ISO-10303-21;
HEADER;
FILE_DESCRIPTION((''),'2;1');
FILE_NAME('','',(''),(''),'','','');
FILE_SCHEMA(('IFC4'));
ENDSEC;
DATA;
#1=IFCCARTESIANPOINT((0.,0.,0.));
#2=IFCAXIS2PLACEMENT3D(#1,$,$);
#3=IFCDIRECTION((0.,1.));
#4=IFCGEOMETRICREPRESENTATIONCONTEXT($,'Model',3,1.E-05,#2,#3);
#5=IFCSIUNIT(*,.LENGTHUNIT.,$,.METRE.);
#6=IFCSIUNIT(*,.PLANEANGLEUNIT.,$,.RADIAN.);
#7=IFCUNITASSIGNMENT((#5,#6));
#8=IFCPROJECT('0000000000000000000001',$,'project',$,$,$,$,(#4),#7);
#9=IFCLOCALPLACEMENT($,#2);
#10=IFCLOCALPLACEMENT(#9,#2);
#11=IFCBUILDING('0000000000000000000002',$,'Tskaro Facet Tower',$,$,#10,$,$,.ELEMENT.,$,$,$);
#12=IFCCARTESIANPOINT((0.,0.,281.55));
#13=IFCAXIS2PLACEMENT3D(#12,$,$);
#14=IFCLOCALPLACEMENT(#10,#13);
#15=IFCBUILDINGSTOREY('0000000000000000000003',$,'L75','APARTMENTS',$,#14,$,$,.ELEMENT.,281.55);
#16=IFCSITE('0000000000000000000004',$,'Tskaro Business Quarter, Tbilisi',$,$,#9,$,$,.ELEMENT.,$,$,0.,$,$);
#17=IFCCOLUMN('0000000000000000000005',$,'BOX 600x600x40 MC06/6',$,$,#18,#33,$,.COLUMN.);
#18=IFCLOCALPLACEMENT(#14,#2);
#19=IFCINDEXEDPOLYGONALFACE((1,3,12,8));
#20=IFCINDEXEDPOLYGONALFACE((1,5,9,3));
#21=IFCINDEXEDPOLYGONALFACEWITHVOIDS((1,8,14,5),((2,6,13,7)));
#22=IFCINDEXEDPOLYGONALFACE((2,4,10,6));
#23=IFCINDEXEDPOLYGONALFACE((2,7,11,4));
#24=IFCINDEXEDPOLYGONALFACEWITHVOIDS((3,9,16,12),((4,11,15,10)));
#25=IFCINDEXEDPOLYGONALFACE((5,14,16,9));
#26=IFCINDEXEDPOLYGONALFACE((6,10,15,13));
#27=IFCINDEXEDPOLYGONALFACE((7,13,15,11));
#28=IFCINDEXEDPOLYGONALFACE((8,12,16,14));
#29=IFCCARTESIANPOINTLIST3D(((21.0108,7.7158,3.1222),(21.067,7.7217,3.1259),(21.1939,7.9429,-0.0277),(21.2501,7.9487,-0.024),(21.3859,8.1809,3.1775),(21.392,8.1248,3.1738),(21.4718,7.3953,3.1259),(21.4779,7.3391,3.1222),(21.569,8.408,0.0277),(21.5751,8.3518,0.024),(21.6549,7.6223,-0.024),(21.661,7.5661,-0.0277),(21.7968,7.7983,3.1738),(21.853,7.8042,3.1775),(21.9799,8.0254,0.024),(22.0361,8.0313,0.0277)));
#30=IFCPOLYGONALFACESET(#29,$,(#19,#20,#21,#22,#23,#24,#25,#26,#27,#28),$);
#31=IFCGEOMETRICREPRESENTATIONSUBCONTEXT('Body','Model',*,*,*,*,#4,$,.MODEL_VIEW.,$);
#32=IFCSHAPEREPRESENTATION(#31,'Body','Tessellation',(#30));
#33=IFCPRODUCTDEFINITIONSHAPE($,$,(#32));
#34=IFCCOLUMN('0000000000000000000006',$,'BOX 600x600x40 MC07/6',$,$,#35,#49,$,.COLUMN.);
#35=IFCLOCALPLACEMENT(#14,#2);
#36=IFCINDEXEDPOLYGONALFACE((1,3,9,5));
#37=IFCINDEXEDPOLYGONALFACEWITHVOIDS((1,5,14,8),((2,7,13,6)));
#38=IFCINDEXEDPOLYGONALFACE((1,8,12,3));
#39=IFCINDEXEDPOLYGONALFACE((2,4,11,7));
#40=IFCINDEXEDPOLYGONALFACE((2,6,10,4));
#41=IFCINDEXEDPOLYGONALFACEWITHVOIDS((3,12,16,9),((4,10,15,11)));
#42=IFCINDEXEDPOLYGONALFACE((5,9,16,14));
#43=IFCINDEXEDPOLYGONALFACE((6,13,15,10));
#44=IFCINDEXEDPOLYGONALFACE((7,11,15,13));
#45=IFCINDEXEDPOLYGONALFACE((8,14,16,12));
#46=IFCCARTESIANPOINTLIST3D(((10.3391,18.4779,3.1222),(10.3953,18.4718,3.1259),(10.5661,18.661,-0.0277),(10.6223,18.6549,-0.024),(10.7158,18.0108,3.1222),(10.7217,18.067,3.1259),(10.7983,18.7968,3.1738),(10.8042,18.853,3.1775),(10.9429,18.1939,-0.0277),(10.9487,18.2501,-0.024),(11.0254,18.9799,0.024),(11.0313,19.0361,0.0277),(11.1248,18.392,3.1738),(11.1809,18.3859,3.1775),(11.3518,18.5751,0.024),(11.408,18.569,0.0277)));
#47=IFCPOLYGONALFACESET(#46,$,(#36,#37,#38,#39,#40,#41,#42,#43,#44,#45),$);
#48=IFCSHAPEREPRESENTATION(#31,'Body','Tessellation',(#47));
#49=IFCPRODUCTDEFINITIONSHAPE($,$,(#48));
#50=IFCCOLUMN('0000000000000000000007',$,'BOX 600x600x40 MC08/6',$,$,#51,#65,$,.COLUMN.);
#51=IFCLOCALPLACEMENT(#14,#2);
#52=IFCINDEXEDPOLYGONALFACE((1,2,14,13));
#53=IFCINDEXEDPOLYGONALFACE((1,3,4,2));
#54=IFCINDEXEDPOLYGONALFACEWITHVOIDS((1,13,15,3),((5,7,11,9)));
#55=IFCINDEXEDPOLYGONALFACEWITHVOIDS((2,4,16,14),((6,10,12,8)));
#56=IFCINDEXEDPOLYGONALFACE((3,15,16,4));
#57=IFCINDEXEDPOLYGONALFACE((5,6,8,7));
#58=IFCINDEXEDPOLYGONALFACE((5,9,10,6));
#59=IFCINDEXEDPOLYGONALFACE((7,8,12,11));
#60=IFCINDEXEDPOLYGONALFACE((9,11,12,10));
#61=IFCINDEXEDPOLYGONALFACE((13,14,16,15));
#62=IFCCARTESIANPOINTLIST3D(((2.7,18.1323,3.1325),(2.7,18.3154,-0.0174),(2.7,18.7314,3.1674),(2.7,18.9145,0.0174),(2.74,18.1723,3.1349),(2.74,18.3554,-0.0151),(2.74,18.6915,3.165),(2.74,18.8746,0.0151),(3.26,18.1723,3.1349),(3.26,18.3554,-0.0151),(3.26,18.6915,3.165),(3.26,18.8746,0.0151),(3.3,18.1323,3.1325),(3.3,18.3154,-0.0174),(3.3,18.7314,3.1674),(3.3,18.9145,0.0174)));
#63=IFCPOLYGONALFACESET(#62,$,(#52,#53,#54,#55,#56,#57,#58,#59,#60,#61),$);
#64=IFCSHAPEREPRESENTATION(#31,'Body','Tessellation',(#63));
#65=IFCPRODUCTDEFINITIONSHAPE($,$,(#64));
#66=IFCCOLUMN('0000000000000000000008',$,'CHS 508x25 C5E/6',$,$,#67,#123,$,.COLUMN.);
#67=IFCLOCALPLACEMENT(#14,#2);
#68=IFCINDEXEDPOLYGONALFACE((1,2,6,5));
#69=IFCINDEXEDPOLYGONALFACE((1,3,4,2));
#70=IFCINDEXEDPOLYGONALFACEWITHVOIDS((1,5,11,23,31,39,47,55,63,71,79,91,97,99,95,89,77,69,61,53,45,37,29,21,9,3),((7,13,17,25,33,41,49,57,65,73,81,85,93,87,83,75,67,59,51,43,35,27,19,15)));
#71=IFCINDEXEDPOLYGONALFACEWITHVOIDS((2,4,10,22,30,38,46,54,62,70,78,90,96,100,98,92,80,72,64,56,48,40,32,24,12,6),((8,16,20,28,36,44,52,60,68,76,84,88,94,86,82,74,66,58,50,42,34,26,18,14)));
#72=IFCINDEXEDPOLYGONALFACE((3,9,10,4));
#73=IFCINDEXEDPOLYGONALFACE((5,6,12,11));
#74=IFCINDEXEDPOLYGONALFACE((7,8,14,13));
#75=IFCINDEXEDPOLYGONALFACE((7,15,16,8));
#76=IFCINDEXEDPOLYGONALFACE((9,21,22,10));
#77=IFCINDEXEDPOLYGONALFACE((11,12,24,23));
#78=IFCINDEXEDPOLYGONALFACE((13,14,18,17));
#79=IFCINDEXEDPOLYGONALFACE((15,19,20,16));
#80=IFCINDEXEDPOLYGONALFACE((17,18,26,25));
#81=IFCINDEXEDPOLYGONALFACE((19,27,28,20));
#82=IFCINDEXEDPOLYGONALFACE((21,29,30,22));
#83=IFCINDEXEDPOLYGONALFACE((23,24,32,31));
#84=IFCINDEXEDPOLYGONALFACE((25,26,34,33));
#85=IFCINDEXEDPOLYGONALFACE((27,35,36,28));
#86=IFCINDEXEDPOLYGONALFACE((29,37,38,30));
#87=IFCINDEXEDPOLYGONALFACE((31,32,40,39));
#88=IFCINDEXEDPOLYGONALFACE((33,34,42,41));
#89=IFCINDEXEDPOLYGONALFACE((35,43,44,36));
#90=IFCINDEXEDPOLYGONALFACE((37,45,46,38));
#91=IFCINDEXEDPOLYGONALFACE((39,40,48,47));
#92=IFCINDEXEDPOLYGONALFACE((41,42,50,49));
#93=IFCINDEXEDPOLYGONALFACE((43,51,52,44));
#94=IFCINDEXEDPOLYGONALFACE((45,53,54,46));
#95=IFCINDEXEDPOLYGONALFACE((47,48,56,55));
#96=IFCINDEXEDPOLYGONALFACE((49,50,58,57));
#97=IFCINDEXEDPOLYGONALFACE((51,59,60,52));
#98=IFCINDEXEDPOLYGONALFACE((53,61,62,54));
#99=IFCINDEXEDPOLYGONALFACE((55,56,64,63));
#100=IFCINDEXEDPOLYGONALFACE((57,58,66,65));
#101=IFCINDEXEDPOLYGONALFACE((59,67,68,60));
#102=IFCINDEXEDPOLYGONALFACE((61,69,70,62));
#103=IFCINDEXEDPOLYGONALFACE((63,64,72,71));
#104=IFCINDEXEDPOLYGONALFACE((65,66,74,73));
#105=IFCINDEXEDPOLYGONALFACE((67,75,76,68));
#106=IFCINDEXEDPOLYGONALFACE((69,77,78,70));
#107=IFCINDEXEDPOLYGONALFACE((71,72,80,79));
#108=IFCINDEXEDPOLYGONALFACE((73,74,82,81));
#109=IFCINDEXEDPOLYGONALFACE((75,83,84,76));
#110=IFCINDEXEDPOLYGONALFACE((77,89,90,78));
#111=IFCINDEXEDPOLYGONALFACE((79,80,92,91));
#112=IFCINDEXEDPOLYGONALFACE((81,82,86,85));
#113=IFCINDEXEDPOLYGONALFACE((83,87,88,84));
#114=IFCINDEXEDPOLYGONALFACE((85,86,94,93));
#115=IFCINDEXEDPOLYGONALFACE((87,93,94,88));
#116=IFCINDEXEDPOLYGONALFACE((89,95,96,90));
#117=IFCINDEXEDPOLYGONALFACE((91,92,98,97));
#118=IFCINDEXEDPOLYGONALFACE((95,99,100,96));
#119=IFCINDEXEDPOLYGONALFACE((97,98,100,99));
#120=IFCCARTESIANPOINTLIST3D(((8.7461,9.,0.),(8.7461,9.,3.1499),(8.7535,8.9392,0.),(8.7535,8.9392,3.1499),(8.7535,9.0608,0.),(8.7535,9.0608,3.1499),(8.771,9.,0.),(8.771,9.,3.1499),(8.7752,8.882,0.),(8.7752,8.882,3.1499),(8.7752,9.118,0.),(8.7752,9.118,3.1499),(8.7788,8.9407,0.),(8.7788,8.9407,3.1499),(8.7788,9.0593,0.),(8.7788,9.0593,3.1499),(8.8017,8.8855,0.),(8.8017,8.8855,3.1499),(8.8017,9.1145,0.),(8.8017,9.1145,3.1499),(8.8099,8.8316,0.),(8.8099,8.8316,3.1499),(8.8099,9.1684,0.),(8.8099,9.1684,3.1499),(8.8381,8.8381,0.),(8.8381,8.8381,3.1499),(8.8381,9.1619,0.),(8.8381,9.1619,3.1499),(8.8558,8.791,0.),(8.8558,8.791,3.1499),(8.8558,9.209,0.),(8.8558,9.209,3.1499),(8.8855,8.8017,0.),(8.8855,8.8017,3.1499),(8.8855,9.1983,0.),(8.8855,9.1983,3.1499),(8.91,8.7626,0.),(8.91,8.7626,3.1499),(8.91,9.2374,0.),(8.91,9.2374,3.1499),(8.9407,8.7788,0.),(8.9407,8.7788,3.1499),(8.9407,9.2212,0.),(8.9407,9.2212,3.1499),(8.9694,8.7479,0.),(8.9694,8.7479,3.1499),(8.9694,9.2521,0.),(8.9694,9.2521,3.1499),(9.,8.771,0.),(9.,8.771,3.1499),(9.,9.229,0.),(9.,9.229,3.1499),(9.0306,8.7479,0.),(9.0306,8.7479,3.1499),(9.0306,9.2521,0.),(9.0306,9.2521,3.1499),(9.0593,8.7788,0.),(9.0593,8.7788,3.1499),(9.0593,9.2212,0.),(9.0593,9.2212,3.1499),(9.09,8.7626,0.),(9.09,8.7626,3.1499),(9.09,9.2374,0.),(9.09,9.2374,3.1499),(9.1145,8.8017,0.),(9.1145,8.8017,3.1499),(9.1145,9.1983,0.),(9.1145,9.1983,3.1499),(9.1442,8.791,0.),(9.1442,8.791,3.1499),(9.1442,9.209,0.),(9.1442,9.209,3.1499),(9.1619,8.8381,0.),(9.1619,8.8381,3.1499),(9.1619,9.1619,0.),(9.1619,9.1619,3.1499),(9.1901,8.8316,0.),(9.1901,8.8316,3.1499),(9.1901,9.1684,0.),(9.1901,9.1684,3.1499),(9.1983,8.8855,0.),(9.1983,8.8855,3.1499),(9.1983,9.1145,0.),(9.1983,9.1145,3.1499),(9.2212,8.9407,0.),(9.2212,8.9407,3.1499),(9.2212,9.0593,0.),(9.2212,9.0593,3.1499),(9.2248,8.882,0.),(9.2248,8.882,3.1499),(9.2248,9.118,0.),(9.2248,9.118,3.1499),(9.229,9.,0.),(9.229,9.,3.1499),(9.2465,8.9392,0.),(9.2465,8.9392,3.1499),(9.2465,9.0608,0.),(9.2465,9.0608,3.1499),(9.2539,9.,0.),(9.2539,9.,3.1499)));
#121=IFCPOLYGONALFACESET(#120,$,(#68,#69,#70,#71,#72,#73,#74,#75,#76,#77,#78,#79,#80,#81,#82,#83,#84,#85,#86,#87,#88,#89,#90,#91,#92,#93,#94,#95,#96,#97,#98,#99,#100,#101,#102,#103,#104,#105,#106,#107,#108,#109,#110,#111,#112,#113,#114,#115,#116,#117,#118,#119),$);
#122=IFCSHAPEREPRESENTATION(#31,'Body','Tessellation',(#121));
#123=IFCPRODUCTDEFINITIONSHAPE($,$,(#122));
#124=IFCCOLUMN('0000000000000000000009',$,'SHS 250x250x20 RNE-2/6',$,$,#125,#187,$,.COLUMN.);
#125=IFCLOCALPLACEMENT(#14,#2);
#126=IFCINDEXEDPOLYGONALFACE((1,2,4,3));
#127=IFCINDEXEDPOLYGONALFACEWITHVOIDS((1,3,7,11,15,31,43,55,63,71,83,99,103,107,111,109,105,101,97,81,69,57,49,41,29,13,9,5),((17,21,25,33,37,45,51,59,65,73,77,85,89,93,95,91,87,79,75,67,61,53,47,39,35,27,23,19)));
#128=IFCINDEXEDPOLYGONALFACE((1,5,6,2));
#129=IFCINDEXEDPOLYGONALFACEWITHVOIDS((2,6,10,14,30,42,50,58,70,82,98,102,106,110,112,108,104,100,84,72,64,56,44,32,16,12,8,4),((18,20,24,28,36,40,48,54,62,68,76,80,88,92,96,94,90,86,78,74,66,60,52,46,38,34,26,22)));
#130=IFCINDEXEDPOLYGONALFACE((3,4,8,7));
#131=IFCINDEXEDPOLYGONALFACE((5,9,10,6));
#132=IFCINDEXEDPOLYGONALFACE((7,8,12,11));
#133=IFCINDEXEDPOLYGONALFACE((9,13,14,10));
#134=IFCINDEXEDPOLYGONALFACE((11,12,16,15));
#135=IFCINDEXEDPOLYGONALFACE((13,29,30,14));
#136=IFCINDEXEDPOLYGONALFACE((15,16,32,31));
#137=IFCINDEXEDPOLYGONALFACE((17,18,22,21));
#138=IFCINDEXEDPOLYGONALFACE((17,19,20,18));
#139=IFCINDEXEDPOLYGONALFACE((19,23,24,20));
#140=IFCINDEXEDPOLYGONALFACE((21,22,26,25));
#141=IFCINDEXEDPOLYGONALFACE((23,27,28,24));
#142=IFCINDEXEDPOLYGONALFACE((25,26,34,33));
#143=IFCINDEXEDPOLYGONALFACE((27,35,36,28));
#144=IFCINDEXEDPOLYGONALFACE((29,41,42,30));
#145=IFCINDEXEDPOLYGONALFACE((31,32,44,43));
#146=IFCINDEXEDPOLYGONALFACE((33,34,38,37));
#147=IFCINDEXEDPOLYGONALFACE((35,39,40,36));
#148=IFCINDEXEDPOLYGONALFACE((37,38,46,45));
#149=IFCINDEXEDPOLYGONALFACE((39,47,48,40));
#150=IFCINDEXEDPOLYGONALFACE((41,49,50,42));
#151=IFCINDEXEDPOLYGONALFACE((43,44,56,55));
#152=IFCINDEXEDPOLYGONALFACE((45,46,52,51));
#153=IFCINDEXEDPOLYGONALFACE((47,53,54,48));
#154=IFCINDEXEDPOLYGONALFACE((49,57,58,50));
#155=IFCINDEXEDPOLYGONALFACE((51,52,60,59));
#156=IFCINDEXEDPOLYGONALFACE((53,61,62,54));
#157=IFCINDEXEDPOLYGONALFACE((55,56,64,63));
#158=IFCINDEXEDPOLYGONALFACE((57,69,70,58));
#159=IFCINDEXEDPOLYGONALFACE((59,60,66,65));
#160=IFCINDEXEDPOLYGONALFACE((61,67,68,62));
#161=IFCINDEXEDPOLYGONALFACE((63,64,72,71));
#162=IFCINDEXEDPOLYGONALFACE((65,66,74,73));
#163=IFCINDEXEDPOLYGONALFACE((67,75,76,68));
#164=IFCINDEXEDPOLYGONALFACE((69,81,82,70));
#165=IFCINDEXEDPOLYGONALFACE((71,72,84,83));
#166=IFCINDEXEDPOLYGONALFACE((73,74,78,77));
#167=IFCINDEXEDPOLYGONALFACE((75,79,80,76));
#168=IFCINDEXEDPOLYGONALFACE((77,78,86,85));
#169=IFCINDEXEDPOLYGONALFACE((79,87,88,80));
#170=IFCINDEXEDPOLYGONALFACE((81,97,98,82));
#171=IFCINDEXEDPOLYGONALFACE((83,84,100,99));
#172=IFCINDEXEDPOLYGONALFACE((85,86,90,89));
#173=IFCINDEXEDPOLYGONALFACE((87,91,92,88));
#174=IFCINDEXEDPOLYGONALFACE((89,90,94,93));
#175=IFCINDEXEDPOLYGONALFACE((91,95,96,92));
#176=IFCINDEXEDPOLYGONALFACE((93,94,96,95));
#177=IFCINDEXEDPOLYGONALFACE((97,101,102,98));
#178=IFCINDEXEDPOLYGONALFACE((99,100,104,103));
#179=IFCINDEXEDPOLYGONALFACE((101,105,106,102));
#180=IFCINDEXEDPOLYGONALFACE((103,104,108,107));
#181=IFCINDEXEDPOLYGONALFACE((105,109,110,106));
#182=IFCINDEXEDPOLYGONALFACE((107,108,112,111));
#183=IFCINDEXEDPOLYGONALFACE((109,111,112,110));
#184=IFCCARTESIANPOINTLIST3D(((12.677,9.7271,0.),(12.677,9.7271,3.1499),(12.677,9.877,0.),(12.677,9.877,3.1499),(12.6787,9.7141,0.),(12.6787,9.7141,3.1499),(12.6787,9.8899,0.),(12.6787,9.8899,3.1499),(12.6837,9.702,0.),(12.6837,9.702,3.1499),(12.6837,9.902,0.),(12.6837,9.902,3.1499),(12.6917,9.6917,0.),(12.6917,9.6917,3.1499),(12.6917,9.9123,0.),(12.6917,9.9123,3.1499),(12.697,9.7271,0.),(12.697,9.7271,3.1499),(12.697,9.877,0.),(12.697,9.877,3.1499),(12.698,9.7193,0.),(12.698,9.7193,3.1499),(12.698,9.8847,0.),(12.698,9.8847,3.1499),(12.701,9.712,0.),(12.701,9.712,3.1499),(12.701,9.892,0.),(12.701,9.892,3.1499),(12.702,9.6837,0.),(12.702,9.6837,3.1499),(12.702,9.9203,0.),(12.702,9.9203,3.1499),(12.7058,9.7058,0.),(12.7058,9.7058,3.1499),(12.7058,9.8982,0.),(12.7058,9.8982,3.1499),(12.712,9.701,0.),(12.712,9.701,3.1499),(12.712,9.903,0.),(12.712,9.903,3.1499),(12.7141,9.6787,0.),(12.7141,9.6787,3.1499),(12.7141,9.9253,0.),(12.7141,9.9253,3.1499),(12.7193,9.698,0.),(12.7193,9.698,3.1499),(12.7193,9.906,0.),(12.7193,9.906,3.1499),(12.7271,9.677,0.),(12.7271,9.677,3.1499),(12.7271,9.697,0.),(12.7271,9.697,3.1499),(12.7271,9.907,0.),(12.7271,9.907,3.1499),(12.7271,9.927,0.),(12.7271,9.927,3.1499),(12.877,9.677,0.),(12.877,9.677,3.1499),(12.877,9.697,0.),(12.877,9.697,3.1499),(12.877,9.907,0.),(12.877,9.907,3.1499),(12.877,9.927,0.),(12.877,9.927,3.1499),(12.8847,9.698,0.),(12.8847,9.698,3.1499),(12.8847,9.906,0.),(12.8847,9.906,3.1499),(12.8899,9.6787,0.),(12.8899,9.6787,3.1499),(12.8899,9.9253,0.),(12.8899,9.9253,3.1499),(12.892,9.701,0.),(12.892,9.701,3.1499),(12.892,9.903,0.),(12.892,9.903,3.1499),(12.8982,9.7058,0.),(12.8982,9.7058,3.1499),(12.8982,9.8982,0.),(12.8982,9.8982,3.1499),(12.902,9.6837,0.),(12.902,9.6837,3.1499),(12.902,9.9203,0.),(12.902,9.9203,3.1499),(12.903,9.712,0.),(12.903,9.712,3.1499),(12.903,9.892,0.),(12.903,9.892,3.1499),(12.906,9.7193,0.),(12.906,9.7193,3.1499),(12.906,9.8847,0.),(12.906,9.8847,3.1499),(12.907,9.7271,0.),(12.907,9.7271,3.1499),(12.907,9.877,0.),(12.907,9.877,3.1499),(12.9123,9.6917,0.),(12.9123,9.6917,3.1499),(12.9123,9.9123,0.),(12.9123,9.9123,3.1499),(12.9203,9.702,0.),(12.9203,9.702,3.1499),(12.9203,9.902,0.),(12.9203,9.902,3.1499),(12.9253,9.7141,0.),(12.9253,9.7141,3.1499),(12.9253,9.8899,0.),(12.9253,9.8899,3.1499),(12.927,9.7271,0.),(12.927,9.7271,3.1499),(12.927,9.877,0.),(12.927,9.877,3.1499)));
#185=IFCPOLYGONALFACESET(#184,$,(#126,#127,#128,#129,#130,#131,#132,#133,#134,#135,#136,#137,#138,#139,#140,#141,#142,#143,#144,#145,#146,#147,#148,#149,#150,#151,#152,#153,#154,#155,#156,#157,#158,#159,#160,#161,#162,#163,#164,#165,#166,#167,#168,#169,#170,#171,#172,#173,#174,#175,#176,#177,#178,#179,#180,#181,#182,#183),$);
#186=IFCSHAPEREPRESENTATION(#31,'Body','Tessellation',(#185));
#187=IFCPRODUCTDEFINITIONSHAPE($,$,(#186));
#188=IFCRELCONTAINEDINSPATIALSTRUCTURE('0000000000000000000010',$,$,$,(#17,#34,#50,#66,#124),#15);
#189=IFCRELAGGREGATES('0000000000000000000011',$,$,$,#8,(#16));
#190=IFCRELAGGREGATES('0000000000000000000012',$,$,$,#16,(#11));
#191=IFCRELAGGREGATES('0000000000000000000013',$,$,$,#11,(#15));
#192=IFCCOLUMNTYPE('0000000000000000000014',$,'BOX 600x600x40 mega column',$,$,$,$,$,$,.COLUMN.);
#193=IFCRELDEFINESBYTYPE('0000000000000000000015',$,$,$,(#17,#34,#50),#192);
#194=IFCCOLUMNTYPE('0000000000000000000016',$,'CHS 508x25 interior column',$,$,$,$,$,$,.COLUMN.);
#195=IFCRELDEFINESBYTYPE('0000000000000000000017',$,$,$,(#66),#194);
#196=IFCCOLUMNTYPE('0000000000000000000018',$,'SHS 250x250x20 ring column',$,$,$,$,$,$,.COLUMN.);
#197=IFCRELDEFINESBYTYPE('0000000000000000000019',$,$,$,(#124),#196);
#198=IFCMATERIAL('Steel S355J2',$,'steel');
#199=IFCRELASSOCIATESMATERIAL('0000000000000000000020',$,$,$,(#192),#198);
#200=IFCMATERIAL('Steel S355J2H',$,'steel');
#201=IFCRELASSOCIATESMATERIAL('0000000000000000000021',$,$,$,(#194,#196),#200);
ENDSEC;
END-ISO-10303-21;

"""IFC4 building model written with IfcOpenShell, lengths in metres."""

from ifc_helpers import new_model, si_unit, direction, frame, origin, origin_2d, place, context, subcontext, project, spatial, hollow_rectangle, hollow_circle, extrude, material, material_profile, profile_set, type_object, element, save


model = new_model("IFC4")

# Units and contexts
model_context = context("Model", 3, precision=1e-05, world=origin(), true_north=direction((0.0, 1.0)))
body_context = subcontext(model_context, "Body", "Model", "MODEL_VIEW")
ifc_project = project(units=[si_unit("LENGTHUNIT", "METRE"), si_unit("PLANEANGLEUNIT", "RADIAN")], contexts=[model_context])

# Site, building, storey
site_placement = place(None, origin())
site = spatial("IfcSite", under=ifc_project, at=site_placement, Name="Tskaro Business Quarter, Tbilisi", CompositionType="ELEMENT", RefElevation=0.0)
building_placement = place(site_placement, origin())
building = spatial("IfcBuilding", under=site, at=building_placement, Name="Tskaro Facet Tower", CompositionType="ELEMENT")
storey_placement = place(building_placement, frame((0.0, 0.0, 281.55)))
storey = spatial("IfcBuildingStorey", under=building, at=storey_placement, Name="L75", Description="APARTMENTS", CompositionType="ELEMENT", Elevation=281.55)

# Columns
ifc_material_1 = material(Name="Steel S355J2", Category="steel")
ifc_material_profile_1 = material_profile(ifc_material_1, hollow_rectangle(XDim=0.6001, YDim=0.6001, WallThickness=0.04, at=origin_2d()), Name="BOX 600x600x40")
ifc_profile_set_1 = profile_set([ifc_material_profile_1], Name="Steel S355J2")
column_type_1 = type_object("IfcColumnType", Name="BOX 600x600x40 mega column", PredefinedType="COLUMN", material=ifc_profile_set_1)
for number, where, z_axis, x_axis, name in (
    (1, (21.615, 7.9871, 0.0), (-0.057883, -0.071775, 0.99574), (0.778413, -0.627752, 0.0), "BOX 600x600x40 MC06/6"),
    (2, (10.9871, 18.615, 0.0), (-0.071775, -0.057883, 0.99574), (0.627752, -0.778413, 0.0), "BOX 600x600x40 MC07/6"),
):
    element("IfcColumn", number, at=place(storey_placement, frame(where, z_axis=z_axis, x_axis=x_axis)), inside=storey, type_object=column_type_1, Name=name, PredefinedType="COLUMN", context=body_context, shape_type="SweptSolid", body=[
        extrude(hollow_rectangle(XDim=0.6001, YDim=0.6001, WallThickness=0.04, at=origin_2d()), origin(), (0.0, 0.0, 1.0), 3.1633),
    ])
column_1_placement = place(storey_placement, frame((3.0, 18.615, 0.0), z_axis=(0.0, -0.058033, 0.998315), x_axis=(1.0, 0.0, 0.0)))
element("IfcColumn", 3, at=column_1_placement, inside=storey, type_object=column_type_1, Name="BOX 600x600x40 MC08/6", PredefinedType="COLUMN", context=body_context, shape_type="SweptSolid", body=[
    extrude(hollow_rectangle(XDim=0.6001, YDim=0.6001, WallThickness=0.04, at=origin_2d()), origin(), (0.0, 0.0, 1.0), 3.1553),
])
ifc_material_2 = material(Name="Steel S355J2H", Category="steel")
ifc_material_profile_2 = material_profile(ifc_material_2, hollow_circle(Radius=0.2539, WallThickness=0.0249, at=origin_2d()), Name="CHS 508x25")
ifc_profile_set_2 = profile_set([ifc_material_profile_2], Name="Steel S355J2H")
column_type_2 = type_object("IfcColumnType", Name="CHS 508x25 interior column", PredefinedType="COLUMN", material=ifc_profile_set_2)
column_2_placement = place(storey_placement, frame((9.0, 9.0, 0.0), z_axis=(0.0, 0.0, 1.0), x_axis=(1.0, 0.0, 0.0)))
element("IfcColumn", 4, at=column_2_placement, inside=storey, type_object=column_type_2, Name="CHS 508x25 C5E/6", PredefinedType="COLUMN", context=body_context, shape_type="SweptSolid", body=[
    extrude(hollow_circle(Radius=0.2539, WallThickness=0.0249, at=origin_2d()), origin(), (0.0, 0.0, 1.0), 3.1499),
])
ifc_material_profile_3 = material_profile(ifc_material_2, hollow_rectangle(XDim=0.25, YDim=0.25, WallThickness=0.02, InnerFilletRadius=0.03, OuterFilletRadius=0.05, at=origin_2d()), Name="SHS 250x250x20")
ifc_profile_set_3 = profile_set([ifc_material_profile_3], Name="Steel S355J2H")
column_type_3 = type_object("IfcColumnType", Name="SHS 250x250x20 ring column", PredefinedType="COLUMN", material=ifc_profile_set_3)
for number, where, z_axis, x_axis, name in (
    (5, (12.802, 9.802, 0.0), (0.0, 0.0, 1.0), (1.0, 0.0, 0.0), "SHS 250x250x20 RNE-2/6"),
):
    element("IfcColumn", number, at=place(storey_placement, frame(where, z_axis=z_axis, x_axis=x_axis)), inside=storey, type_object=column_type_3, Name=name, PredefinedType="COLUMN", context=body_context, shape_type="SweptSolid", body=[
        extrude(hollow_rectangle(XDim=0.25, YDim=0.25, WallThickness=0.02, InnerFilletRadius=0.03, OuterFilletRadius=0.05, at=origin_2d()), origin(), (0.0, 0.0, 1.0), 3.1499),
    ])

save(model, "model.ifc")
